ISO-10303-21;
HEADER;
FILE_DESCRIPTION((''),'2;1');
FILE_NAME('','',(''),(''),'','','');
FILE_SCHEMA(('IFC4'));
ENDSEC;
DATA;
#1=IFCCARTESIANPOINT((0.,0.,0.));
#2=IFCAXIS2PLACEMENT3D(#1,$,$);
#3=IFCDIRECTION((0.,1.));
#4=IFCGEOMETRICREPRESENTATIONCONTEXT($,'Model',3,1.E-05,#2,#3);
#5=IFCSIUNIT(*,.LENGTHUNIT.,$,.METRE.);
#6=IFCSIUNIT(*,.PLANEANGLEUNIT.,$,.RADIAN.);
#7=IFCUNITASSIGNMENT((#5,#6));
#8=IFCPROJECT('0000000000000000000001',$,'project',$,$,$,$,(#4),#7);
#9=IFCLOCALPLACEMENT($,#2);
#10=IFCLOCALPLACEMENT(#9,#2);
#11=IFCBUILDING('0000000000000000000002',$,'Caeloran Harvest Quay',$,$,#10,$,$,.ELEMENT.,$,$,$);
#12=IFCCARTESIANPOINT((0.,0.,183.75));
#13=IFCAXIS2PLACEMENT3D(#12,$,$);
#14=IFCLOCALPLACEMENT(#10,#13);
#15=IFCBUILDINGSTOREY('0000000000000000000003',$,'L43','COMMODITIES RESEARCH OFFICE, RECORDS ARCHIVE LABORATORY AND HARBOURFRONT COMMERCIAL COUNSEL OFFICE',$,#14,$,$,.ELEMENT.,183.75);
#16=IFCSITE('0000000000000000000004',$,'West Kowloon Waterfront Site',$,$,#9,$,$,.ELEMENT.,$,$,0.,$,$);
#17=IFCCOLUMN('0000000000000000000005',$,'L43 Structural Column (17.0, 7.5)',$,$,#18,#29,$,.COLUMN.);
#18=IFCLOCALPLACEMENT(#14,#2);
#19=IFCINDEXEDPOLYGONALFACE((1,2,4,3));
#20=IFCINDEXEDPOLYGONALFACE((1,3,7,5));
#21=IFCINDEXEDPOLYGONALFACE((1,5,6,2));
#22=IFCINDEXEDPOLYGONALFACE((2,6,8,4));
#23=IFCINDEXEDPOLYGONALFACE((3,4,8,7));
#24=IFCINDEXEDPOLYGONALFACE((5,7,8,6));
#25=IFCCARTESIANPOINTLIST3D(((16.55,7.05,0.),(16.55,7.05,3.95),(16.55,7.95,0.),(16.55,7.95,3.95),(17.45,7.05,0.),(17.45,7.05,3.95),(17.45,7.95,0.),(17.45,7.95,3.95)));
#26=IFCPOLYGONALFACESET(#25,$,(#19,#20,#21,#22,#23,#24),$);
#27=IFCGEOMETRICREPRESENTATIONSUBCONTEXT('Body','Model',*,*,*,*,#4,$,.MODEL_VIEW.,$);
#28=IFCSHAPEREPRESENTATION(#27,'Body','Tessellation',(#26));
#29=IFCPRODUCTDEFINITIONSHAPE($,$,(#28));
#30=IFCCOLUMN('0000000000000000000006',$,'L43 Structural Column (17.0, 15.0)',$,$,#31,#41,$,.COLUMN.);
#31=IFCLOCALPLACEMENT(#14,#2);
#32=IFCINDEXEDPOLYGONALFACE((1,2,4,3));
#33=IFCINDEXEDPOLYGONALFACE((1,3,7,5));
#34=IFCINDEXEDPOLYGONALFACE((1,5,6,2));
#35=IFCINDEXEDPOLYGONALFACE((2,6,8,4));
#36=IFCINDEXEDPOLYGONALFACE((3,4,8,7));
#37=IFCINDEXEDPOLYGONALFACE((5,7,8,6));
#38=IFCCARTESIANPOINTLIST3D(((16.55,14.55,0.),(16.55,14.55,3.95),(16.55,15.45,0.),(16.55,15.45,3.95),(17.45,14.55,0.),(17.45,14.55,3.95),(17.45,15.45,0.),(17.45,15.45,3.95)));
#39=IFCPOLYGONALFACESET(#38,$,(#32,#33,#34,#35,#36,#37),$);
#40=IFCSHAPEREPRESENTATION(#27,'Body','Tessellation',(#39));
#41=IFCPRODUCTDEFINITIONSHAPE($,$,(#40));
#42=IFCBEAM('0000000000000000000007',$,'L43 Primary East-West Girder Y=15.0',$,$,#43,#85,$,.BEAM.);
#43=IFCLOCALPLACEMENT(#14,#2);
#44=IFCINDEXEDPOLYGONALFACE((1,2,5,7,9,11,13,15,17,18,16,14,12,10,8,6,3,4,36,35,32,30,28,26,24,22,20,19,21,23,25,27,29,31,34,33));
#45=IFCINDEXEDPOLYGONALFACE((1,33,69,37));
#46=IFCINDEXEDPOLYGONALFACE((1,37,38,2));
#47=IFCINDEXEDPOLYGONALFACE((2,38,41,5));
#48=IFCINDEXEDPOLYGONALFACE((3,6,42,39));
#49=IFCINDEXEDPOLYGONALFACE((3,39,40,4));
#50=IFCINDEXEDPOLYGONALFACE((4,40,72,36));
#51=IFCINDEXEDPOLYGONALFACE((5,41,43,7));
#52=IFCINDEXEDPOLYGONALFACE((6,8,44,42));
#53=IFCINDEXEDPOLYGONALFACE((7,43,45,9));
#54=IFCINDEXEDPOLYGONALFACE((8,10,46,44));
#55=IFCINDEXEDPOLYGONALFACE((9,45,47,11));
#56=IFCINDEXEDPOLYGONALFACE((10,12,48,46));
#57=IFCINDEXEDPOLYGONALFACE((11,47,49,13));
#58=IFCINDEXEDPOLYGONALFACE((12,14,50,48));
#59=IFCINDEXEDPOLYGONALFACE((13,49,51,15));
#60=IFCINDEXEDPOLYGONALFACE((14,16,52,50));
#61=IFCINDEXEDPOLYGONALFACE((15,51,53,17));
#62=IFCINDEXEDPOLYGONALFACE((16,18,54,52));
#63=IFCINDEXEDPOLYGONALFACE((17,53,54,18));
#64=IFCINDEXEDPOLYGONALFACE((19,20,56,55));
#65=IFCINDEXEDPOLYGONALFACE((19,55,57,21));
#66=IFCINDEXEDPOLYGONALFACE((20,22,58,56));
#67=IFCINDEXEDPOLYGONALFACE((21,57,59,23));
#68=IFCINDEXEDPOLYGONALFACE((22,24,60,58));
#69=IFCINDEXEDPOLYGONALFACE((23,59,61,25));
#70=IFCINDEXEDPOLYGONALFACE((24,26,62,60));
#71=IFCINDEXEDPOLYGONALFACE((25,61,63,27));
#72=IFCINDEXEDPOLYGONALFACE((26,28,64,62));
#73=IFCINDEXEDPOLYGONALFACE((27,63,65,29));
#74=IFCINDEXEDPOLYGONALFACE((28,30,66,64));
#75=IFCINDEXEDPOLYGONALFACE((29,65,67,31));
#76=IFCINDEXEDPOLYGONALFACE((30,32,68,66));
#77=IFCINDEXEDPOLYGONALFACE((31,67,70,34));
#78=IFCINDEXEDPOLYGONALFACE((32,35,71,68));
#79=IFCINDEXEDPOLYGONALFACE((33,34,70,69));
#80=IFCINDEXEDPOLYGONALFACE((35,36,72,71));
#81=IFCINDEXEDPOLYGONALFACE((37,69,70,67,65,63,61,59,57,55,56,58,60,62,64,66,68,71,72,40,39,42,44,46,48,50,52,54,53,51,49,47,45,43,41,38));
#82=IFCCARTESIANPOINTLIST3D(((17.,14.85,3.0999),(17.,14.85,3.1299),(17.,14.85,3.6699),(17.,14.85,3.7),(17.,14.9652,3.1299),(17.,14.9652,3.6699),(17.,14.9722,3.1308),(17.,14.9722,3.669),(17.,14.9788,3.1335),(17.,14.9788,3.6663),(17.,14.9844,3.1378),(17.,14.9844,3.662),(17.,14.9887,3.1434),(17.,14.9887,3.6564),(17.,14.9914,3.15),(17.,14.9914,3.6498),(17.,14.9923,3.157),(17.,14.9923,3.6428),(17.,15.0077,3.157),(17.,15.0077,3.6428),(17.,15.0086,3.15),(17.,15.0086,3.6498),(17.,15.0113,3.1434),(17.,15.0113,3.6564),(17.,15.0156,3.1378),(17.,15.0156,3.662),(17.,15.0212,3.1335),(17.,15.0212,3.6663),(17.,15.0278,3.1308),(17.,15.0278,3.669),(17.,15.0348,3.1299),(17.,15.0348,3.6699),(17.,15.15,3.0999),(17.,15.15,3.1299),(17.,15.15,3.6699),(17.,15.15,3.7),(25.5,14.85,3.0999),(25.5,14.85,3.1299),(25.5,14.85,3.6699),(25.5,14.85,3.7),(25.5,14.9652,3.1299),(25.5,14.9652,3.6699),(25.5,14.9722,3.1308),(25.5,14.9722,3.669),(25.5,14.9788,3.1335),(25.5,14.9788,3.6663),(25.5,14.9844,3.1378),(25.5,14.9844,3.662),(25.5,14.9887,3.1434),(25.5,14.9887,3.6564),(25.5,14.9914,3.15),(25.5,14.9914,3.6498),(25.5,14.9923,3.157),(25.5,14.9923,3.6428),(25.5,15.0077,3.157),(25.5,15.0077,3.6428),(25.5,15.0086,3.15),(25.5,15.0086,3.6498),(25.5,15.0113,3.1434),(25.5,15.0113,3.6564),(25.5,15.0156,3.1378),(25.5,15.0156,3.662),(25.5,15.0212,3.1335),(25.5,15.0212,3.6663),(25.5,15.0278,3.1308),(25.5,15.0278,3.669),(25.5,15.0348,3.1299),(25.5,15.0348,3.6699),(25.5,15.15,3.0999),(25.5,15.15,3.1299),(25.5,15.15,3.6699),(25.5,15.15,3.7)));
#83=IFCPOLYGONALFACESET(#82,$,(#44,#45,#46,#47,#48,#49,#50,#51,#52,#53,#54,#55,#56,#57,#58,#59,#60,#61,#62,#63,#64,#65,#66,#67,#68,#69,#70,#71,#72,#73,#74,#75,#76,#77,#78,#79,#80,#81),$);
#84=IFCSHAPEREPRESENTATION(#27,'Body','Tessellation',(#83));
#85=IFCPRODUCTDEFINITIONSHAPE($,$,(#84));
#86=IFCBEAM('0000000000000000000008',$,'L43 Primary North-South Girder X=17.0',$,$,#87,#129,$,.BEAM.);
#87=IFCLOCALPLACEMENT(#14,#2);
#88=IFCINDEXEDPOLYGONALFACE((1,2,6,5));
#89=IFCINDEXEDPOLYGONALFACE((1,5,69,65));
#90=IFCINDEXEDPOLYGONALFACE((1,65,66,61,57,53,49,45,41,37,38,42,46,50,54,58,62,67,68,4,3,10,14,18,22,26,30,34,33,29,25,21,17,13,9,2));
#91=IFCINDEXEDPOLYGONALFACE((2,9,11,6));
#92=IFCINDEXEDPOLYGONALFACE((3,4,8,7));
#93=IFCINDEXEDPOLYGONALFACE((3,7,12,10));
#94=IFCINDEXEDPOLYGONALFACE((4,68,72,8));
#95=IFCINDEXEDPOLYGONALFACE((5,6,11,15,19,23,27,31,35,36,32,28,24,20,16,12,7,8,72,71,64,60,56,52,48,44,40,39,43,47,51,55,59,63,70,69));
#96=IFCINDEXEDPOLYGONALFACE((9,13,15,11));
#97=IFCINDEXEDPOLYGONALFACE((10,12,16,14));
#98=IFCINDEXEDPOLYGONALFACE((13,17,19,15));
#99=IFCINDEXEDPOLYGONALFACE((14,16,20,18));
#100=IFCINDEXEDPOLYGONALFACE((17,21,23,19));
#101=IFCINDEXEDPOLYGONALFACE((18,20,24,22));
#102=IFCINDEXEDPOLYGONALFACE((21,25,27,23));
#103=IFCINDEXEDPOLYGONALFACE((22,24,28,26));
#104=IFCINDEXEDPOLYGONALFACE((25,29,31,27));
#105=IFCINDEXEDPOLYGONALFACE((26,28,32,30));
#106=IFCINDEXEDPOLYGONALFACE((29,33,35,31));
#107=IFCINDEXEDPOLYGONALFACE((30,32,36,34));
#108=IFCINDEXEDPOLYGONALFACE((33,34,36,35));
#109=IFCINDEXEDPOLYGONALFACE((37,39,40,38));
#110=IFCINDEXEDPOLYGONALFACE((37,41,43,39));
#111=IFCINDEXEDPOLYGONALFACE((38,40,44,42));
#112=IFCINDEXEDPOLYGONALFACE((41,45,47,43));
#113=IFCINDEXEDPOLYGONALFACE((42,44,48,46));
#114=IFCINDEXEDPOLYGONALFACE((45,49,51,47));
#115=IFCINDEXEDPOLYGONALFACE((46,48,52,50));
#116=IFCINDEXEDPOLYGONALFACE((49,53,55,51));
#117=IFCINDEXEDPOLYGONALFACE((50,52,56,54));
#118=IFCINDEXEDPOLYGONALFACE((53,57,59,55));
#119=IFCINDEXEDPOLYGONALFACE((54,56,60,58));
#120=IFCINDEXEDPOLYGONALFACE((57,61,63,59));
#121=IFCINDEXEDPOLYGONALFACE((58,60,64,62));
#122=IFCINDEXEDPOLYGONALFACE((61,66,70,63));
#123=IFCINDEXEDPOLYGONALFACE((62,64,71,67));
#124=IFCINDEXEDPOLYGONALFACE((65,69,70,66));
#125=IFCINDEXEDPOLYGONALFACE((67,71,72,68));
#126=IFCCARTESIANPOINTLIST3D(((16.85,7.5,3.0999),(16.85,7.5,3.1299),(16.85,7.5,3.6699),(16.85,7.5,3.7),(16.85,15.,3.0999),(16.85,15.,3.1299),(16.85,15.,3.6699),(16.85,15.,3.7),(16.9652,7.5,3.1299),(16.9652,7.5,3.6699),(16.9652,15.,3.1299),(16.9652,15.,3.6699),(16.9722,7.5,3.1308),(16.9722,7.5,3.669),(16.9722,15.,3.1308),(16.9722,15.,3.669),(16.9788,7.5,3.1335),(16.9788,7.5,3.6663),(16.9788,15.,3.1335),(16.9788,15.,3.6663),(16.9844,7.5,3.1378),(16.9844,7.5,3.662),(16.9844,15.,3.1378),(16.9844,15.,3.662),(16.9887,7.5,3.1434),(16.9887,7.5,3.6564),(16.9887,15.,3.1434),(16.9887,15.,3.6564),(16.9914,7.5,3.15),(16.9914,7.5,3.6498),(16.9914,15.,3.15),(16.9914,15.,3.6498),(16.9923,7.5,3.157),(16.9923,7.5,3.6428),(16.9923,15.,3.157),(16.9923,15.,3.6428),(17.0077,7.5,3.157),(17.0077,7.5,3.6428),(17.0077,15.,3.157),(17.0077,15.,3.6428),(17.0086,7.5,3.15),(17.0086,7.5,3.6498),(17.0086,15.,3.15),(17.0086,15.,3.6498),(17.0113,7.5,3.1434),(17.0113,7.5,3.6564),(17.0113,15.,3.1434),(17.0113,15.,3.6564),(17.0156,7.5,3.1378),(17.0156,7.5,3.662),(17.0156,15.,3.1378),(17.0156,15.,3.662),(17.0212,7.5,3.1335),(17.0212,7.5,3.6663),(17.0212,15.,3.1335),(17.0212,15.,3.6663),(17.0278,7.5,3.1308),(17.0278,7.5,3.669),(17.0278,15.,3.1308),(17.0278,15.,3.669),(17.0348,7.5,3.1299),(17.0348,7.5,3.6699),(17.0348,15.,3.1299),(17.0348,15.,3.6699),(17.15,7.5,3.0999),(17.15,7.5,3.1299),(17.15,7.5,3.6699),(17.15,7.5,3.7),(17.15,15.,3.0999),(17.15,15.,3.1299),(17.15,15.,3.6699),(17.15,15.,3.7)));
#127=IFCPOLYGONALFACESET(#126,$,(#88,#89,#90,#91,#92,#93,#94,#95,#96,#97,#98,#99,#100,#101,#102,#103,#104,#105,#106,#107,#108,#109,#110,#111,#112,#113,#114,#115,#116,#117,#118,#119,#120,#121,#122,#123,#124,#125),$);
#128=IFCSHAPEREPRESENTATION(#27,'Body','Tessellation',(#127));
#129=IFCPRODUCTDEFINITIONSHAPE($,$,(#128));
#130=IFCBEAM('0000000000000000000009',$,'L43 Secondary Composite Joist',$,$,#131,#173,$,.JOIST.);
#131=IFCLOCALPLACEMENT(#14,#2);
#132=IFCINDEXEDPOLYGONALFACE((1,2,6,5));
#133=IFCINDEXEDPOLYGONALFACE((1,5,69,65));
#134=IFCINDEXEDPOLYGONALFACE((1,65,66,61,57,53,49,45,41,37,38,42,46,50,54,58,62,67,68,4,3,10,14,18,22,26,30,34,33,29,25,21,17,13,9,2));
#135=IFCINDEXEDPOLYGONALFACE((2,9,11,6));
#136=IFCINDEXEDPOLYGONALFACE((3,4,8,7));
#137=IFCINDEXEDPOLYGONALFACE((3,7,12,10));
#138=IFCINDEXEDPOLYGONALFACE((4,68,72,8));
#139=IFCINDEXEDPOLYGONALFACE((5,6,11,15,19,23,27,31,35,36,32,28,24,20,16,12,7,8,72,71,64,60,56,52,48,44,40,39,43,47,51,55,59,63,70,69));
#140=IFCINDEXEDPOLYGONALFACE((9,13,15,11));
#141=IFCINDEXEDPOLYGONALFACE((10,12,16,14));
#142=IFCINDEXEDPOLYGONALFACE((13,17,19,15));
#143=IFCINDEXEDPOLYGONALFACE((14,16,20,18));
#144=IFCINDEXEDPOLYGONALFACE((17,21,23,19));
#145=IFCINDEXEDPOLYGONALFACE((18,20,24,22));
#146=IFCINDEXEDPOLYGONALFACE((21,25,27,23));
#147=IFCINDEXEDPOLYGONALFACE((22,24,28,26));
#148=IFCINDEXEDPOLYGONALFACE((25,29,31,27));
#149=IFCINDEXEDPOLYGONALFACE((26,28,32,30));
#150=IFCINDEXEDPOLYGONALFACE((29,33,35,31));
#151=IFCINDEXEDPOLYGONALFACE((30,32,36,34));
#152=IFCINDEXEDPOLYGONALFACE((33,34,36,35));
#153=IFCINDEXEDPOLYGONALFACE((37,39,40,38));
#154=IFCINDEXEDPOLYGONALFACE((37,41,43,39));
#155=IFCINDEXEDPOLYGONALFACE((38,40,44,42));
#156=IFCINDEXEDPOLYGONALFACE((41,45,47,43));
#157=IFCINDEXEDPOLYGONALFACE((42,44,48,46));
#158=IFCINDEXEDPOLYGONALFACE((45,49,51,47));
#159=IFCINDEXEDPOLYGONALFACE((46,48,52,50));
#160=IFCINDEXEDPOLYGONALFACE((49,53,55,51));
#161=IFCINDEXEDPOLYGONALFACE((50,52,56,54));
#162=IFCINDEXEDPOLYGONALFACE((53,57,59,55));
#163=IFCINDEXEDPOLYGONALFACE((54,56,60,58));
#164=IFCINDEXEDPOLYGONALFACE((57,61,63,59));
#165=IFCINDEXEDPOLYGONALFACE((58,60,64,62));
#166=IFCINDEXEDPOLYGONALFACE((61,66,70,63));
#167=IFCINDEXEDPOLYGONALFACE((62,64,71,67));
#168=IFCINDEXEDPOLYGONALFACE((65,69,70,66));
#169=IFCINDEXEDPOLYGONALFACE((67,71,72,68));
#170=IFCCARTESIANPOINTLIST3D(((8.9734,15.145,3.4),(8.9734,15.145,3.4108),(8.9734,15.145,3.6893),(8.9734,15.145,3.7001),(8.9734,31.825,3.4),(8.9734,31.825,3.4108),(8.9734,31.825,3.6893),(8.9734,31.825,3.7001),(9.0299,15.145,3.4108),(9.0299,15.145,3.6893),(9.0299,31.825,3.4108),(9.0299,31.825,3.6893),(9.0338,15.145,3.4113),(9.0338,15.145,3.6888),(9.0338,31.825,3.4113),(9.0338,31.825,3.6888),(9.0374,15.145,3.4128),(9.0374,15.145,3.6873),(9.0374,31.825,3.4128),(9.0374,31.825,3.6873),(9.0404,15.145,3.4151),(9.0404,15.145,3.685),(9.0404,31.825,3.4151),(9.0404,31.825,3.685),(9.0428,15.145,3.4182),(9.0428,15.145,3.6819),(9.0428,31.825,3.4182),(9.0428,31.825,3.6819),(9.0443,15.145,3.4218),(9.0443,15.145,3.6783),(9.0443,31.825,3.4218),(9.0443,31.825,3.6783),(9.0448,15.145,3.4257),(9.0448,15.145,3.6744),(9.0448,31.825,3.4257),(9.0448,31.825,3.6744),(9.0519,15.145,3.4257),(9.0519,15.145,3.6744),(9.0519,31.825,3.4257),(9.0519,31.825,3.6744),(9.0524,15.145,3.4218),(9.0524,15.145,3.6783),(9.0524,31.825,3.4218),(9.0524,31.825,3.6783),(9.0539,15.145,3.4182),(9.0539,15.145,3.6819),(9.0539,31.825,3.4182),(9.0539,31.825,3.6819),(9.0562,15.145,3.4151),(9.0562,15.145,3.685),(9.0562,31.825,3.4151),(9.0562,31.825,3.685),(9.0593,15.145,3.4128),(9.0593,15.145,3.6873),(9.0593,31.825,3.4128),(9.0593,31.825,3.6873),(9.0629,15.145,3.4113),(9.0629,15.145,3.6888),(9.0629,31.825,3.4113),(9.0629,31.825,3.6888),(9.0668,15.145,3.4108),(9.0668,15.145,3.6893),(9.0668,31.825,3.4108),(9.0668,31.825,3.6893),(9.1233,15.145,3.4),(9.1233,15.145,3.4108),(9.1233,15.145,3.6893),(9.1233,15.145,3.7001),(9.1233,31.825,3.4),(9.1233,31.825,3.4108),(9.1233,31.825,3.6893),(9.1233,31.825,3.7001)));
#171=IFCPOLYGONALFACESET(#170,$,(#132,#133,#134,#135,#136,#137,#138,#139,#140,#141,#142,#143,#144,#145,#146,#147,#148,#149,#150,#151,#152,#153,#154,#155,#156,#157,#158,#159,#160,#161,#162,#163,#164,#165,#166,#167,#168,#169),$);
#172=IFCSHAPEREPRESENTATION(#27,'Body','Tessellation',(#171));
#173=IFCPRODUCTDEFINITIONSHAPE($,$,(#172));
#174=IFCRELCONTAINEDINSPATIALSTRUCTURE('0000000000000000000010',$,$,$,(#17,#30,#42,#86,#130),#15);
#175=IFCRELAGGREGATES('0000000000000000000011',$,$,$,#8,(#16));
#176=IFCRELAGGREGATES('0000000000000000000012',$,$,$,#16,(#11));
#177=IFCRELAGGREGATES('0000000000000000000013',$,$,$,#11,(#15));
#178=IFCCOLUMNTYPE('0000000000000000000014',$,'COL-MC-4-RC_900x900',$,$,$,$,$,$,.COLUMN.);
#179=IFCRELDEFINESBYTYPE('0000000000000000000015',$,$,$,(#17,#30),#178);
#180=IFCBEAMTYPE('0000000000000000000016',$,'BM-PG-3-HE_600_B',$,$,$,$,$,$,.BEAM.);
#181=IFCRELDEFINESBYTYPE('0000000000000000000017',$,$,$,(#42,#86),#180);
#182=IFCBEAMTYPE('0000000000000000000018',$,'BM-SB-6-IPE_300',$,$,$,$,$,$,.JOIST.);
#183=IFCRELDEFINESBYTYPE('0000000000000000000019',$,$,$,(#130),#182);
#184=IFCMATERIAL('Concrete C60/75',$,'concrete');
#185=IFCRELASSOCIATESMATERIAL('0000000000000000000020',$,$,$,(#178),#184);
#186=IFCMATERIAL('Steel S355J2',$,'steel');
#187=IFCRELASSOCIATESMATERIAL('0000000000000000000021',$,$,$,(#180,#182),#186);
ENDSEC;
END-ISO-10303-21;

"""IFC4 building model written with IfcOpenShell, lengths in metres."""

from ifc_helpers import new_model, si_unit, direction, frame, origin, origin_2d, place, context, subcontext, project, spatial, rectangle, i_section, extrude, material, material_profile, profile_set, type_object, element, save


model = new_model("IFC4")

# Units and contexts
model_context = context("Model", 3, precision=1e-05, world=origin(), true_north=direction((0.0, 1.0)))
body_context = subcontext(model_context, "Body", "Model", "MODEL_VIEW")
ifc_project = project(units=[si_unit("LENGTHUNIT", "METRE"), si_unit("PLANEANGLEUNIT", "RADIAN")], contexts=[model_context])

# Site, building, storey
site_placement = place(None, origin())
site = spatial("IfcSite", under=ifc_project, at=site_placement, Name="West Kowloon Waterfront Site", CompositionType="ELEMENT", RefElevation=0.0)
building_placement = place(site_placement, origin())
building = spatial("IfcBuilding", under=site, at=building_placement, Name="Caeloran Harvest Quay", CompositionType="ELEMENT")
storey_placement = place(building_placement, frame((0.0, 0.0, 183.75)))
storey = spatial("IfcBuildingStorey", under=building, at=storey_placement, Name="L43", Description="COMMODITIES RESEARCH OFFICE, RECORDS ARCHIVE LABORATORY AND HARBOURFRONT COMMERCIAL COUNSEL OFFICE", CompositionType="ELEMENT", Elevation=183.75)

# Columns
ifc_material_1 = material(Name="Concrete C60/75", Category="concrete")
ifc_material_profile_1 = material_profile(ifc_material_1, rectangle(XDim=0.8999, YDim=0.8999, at=origin_2d()), Name="RC 900x900")
ifc_profile_set_1 = profile_set([ifc_material_profile_1], Name="Concrete C60/75")
column_type = type_object("IfcColumnType", Name="COL-MC-4-RC_900x900", PredefinedType="COLUMN", material=ifc_profile_set_1)
for number, where, z_axis, x_axis, name in (
    (1, (17.0, 7.5, 0.0), (0.0, 0.0, 1.0), (1.0, 0.0, 0.0), "L43 Structural Column (17.0, 7.5)"),
    (2, (17.0, 15.0, 0.0), (0.0, 0.0, 1.0), (1.0, 0.0, 0.0), "L43 Structural Column (17.0, 15.0)"),
):
    element("IfcColumn", number, at=place(storey_placement, frame(where, z_axis=z_axis, x_axis=x_axis)), inside=storey, type_object=column_type, Name=name, PredefinedType="COLUMN", context=body_context, shape_type="SweptSolid", body=[
        extrude(rectangle(XDim=0.8999, YDim=0.8999, at=origin_2d()), origin(), (0.0, 0.0, 1.0), 3.95),
    ])

# Beams
ifc_material_2 = material(Name="Steel S355J2", Category="steel")
ifc_material_profile_2 = material_profile(ifc_material_2, i_section(OverallWidth=0.3, OverallDepth=0.6001, WebThickness=0.0154, FlangeThickness=0.03, FilletRadius=0.0271, at=origin_2d()), Name="HE 600 B")
ifc_profile_set_2 = profile_set([ifc_material_profile_2], Name="Steel S355J2")
beam_type_1 = type_object("IfcBeamType", Name="BM-PG-3-HE_600_B", PredefinedType="BEAM", material=ifc_profile_set_2)
beam_1_placement = place(storey_placement, frame((17.0, 15.0, 3.3999), z_axis=(1.0, 0.0, 0.0), x_axis=(0.0, 1.0, 0.0)))
element("IfcBeam", 3, at=beam_1_placement, inside=storey, type_object=beam_type_1, Name="L43 Primary East-West Girder Y=15.0", PredefinedType="BEAM", context=body_context, shape_type="SweptSolid", body=[
    extrude(i_section(OverallWidth=0.3, OverallDepth=0.6001, WebThickness=0.0154, FlangeThickness=0.03, FilletRadius=0.0271, at=origin_2d()), origin(), (0.0, 0.0, 1.0), 8.5),
])
beam_2_placement = place(storey_placement, frame((17.0, 7.5, 3.3999), z_axis=(0.0, 1.0, 0.0), x_axis=(-1.0, 0.0, 0.0)))
element("IfcBeam", 4, at=beam_2_placement, inside=storey, type_object=beam_type_1, Name="L43 Primary North-South Girder X=17.0", PredefinedType="BEAM", context=body_context, shape_type="SweptSolid", body=[
    extrude(i_section(OverallWidth=0.3, OverallDepth=0.6001, WebThickness=0.0154, FlangeThickness=0.03, FilletRadius=0.0271, at=origin_2d()), origin(), (0.0, 0.0, 1.0), 7.5),
])
ifc_material_profile_3 = material_profile(ifc_material_2, i_section(OverallWidth=0.1499, OverallDepth=0.3, WebThickness=0.0071, FlangeThickness=0.0107, FilletRadius=0.0149, at=origin_2d()), Name="IPE 300")
ifc_profile_set_3 = profile_set([ifc_material_profile_3], Name="Steel S355J2")
beam_type_2 = type_object("IfcBeamType", Name="BM-SB-6-IPE_300", PredefinedType="JOIST", material=ifc_profile_set_3)
for number, where, z_axis, x_axis, name in (
    (5, (9.0483, 15.145, 3.55), (0.0, 1.0, 0.0), (-1.0, 0.0, 0.0), "L43 Secondary Composite Joist"),
):
    element("IfcBeam", number, at=place(storey_placement, frame(where, z_axis=z_axis, x_axis=x_axis)), inside=storey, type_object=beam_type_2, Name=name, PredefinedType="JOIST", context=body_context, shape_type="SweptSolid", body=[
        extrude(i_section(OverallWidth=0.1499, OverallDepth=0.3, WebThickness=0.0071, FlangeThickness=0.0107, FilletRadius=0.0149, at=origin_2d()), origin(), (0.0, 0.0, 1.0), 16.6799),
    ])

save(model, "model.ifc")
